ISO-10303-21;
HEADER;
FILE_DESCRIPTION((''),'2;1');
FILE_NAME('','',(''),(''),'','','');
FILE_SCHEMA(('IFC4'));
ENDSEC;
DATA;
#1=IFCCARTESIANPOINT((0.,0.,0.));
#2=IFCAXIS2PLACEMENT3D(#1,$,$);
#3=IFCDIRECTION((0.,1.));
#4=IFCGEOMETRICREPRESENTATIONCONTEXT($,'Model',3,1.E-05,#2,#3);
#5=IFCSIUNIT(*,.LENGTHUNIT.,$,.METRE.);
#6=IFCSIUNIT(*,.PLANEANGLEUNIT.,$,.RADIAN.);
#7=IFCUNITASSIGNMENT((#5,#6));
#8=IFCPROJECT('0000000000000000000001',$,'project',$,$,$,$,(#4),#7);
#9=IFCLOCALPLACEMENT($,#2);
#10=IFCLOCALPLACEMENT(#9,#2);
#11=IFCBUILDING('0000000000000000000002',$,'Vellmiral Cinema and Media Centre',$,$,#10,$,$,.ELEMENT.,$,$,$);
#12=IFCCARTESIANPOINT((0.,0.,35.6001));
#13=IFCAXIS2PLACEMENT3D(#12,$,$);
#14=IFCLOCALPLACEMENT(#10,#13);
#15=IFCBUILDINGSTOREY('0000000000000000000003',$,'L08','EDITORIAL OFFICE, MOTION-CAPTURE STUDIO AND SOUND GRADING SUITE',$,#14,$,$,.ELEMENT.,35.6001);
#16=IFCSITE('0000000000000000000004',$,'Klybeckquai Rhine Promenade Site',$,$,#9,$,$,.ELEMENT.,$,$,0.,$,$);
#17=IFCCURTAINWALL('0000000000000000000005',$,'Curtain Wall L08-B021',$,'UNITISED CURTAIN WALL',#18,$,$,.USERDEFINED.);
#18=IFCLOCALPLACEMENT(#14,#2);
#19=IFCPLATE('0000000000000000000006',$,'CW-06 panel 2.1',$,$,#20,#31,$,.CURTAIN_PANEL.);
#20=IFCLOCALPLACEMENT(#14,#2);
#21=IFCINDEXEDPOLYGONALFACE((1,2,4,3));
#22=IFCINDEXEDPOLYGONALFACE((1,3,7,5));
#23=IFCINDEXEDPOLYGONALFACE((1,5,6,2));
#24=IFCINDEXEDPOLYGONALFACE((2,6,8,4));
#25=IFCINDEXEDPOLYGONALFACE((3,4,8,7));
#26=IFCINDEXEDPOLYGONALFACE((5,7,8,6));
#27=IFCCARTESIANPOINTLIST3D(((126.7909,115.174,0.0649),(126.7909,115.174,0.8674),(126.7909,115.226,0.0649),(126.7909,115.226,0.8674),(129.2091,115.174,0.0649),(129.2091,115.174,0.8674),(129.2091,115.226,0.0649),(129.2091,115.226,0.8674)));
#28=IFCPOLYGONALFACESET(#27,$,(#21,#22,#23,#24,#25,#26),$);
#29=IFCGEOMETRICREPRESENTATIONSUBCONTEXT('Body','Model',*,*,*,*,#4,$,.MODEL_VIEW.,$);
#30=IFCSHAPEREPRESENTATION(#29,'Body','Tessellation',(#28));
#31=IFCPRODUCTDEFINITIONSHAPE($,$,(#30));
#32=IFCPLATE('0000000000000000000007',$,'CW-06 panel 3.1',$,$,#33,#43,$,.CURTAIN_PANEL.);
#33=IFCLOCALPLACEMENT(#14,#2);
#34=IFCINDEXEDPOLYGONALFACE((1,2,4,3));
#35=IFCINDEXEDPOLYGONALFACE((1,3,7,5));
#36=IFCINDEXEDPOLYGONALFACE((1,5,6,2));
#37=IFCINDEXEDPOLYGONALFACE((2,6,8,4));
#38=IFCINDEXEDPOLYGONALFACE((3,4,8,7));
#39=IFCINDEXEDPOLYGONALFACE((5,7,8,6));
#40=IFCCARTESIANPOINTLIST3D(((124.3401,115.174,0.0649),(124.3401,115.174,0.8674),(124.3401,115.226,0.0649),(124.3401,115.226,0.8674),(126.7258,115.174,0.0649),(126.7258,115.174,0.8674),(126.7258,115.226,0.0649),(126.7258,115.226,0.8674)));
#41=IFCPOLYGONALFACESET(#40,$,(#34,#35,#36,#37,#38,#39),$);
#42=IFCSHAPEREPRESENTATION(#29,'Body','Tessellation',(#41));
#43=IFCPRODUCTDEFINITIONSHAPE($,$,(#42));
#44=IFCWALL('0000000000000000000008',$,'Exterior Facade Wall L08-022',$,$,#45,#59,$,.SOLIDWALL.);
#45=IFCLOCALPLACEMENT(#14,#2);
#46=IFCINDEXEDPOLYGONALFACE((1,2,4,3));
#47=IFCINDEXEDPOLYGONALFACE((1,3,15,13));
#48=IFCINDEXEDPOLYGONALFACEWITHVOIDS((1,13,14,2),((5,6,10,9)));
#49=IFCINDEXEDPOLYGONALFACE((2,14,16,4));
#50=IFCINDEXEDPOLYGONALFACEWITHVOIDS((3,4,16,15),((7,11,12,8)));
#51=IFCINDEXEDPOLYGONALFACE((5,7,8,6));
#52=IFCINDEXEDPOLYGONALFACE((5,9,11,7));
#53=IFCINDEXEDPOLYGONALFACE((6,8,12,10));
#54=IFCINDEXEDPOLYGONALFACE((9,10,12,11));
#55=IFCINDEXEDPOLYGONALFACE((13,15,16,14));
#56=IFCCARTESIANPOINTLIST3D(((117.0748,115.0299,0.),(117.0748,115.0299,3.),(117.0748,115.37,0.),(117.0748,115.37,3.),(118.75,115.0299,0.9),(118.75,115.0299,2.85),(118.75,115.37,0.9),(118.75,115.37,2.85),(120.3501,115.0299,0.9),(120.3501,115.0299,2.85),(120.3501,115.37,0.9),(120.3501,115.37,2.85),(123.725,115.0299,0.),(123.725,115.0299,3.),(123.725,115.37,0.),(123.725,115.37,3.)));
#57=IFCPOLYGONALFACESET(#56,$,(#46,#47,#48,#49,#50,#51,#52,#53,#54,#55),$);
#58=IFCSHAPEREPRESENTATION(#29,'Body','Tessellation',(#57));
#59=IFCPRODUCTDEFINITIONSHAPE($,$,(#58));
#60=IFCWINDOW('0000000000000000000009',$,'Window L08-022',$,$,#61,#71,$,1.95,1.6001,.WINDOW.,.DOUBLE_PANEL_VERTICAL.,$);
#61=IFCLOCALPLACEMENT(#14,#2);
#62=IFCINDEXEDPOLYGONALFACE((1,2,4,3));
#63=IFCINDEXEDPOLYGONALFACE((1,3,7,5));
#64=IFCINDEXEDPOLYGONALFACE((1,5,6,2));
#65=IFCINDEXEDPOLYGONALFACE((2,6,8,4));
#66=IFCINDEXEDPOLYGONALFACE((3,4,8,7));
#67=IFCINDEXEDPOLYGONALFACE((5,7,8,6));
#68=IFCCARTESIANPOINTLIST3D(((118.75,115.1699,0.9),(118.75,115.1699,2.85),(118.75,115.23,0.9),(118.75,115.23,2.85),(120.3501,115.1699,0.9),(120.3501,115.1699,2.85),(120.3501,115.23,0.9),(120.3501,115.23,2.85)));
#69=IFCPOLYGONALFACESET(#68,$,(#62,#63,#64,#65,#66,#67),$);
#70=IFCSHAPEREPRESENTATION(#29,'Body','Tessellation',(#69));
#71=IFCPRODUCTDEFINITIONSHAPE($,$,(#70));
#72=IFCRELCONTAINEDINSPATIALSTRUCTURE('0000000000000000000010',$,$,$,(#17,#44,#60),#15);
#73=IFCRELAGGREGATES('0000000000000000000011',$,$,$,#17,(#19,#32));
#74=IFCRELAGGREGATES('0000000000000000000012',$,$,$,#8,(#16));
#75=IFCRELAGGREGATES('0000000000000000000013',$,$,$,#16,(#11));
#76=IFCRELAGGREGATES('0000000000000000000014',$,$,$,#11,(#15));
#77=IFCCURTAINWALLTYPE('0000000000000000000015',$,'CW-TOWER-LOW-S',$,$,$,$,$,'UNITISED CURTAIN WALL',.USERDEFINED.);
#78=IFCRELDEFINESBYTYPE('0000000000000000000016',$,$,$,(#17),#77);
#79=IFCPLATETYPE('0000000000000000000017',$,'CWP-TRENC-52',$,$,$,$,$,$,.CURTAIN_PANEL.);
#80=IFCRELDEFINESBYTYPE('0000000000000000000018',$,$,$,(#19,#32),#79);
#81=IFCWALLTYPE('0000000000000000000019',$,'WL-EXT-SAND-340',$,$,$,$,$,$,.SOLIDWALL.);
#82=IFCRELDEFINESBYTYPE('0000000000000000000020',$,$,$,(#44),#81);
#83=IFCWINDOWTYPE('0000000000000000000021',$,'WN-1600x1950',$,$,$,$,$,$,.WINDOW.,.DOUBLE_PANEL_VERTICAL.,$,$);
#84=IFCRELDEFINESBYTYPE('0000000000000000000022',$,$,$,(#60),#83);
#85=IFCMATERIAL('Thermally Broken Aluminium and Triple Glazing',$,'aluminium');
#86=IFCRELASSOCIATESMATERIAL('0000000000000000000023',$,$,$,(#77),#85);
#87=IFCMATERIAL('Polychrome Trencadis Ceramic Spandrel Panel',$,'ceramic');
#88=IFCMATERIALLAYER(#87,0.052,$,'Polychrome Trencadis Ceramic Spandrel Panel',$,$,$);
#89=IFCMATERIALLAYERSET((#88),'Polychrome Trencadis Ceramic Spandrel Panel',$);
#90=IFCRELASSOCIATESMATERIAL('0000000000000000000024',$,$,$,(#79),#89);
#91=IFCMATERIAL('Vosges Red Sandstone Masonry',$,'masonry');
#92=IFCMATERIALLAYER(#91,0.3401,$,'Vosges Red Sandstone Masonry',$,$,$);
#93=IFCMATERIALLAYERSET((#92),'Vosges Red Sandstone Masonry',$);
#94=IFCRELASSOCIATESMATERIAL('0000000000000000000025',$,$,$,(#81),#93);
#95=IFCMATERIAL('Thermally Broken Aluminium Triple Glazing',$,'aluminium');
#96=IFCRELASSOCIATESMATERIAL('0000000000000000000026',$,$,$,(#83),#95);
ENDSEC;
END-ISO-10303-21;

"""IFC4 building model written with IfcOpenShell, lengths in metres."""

from ifc_helpers import new_model, si_unit, direction, frame, frame_2d, origin, origin_2d, place, context, subcontext, project, spatial, rectangle, extrude, material, layer, layer_set, type_object, element, fill, aggregate, save


model = new_model("IFC4")

# Units and contexts
model_context = context("Model", 3, precision=1e-05, world=origin(), true_north=direction((0.0, 1.0)))
body_context = subcontext(model_context, "Body", "Model", "MODEL_VIEW")
ifc_project = project(units=[si_unit("LENGTHUNIT", "METRE"), si_unit("PLANEANGLEUNIT", "RADIAN")], contexts=[model_context])

# Site, building, storey
site_placement = place(None, origin())
site = spatial("IfcSite", under=ifc_project, at=site_placement, Name="Klybeckquai Rhine Promenade Site", CompositionType="ELEMENT", RefElevation=0.0)
building_placement = place(site_placement, origin())
building = spatial("IfcBuilding", under=site, at=building_placement, Name="Vellmiral Cinema and Media Centre", CompositionType="ELEMENT")
storey_placement = place(building_placement, frame((0.0, 0.0, 35.6001)))
storey = spatial("IfcBuildingStorey", under=building, at=storey_placement, Name="L08", Description="EDITORIAL OFFICE, MOTION-CAPTURE STUDIO AND SOUND GRADING SUITE", CompositionType="ELEMENT", Elevation=35.6001)

# Curtain wall
ifc_material_1 = material(Name="Thermally Broken Aluminium and Triple Glazing", Category="aluminium")
curtain_wall_type = type_object("IfcCurtainWallType", Name="CW-TOWER-LOW-S", ElementType="UNITISED CURTAIN WALL", PredefinedType="USERDEFINED", material=ifc_material_1)
curtain_wall_placement = place(storey_placement, origin())
curtain_wall = element("IfcCurtainWall", 1, at=curtain_wall_placement, inside=storey, type_object=curtain_wall_type, Name="Curtain Wall L08-B021", ObjectType="UNITISED CURTAIN WALL", PredefinedType="USERDEFINED")

# Plates
ifc_material_2 = material(Name="Polychrome Trencadis Ceramic Spandrel Panel", Category="ceramic")
ifc_layer_1 = layer(ifc_material_2, 0.052, Name="Polychrome Trencadis Ceramic Spandrel Panel")
ifc_layer_set_1 = layer_set([ifc_layer_1], Name="Polychrome Trencadis Ceramic Spandrel Panel")
plate_type_1 = type_object("IfcPlateType", Name="CWP-TRENC-52", PredefinedType="CURTAIN_PANEL", material=ifc_layer_set_1)
plate_1_placement = place(storey_placement, frame((128.0, 115.2, 0.0649), z_axis=(0.0, 0.0, 1.0), x_axis=(-1.0, 0.0, 0.0)))
plate_1 = element("IfcPlate", 2, at=plate_1_placement, type_object=plate_type_1, Name="CW-06 panel 2.1", PredefinedType="CURTAIN_PANEL", context=body_context, shape_type="SweptSolid", body=[
    extrude(rectangle(XDim=2.4182, YDim=0.052, at=origin_2d()), origin(), (0.0, 0.0, 1.0), 0.8025),
])
plate_2_placement = place(storey_placement, frame((125.533, 115.2, 0.0649), z_axis=(0.0, 0.0, 1.0), x_axis=(-1.0, 0.0, 0.0)))
plate_2 = element("IfcPlate", 3, at=plate_2_placement, type_object=plate_type_1, Name="CW-06 panel 3.1", PredefinedType="CURTAIN_PANEL", context=body_context, shape_type="SweptSolid", body=[
    extrude(rectangle(XDim=2.3857, YDim=0.052, at=origin_2d()), origin(), (0.0, 0.0, 1.0), 0.8025),
])
aggregate(curtain_wall, [plate_1, plate_2])

# Wall, opening, window
ifc_material_3 = material(Name="Vosges Red Sandstone Masonry", Category="masonry")
ifc_layer_2 = layer(ifc_material_3, 0.3401, Name="Vosges Red Sandstone Masonry")
ifc_layer_set_2 = layer_set([ifc_layer_2], Name="Vosges Red Sandstone Masonry")
wall_type = type_object("IfcWallType", Name="WL-EXT-SAND-340", PredefinedType="SOLIDWALL", material=ifc_layer_set_2)
wall_placement = place(storey_placement, frame((123.7251, 115.2, 0.0), z_axis=(0.0, 0.0, 1.0), x_axis=(-1.0, 0.0, 0.0)))
wall = element("IfcWall", 4, at=wall_placement, inside=storey, type_object=wall_type, Name="Exterior Facade Wall L08-022", PredefinedType="SOLIDWALL", context=body_context, shape_type="SweptSolid", body=[
    extrude(rectangle(XDim=6.6501, YDim=0.3401, at=frame_2d((3.3252, 0.0))), origin(), (0.0, 0.0, 1.0), 3.0),
])
opening_placement = place(wall_placement, frame((3.375, 0.0, 0.8999)))
opening = element("IfcOpeningElement", 5, at=opening_placement, cuts=wall, PredefinedType="OPENING", context=body_context, shape_type="SweptSolid", body=[
    extrude(rectangle(XDim=1.6001, YDim=1.95, at=frame_2d((0.8, 0.9751))), frame((0.0, 0.1821, 0.0), z_axis=(0.0, -1.0, 0.0), x_axis=(1.0, 0.0, 0.0)), (0.0, 0.0, 1.0), 0.364),
])
ifc_material_4 = material(Name="Thermally Broken Aluminium Triple Glazing", Category="aluminium")
window_type = type_object("IfcWindowType", Name="WN-1600x1950", PartitioningType="DOUBLE_PANEL_VERTICAL", PredefinedType="WINDOW", material=ifc_material_4)
window_placement = place(opening_placement, origin())
window = element("IfcWindow", 6, at=window_placement, inside=storey, type_object=window_type, Name="Window L08-022", OverallHeight=1.95, OverallWidth=1.6001, PartitioningType="DOUBLE_PANEL_VERTICAL", PredefinedType="WINDOW", context=body_context, shape_type="SweptSolid", body=[
    extrude(rectangle(XDim=1.6001, YDim=1.95, at=frame_2d((0.8, 0.9751))), frame((0.0, 0.03, 0.0), z_axis=(0.0, -1.0, 0.0), x_axis=(1.0, 0.0, 0.0)), (0.0, 0.0, 1.0), 0.0601),
])
fill(opening, window)

save(model, "model.ifc")
